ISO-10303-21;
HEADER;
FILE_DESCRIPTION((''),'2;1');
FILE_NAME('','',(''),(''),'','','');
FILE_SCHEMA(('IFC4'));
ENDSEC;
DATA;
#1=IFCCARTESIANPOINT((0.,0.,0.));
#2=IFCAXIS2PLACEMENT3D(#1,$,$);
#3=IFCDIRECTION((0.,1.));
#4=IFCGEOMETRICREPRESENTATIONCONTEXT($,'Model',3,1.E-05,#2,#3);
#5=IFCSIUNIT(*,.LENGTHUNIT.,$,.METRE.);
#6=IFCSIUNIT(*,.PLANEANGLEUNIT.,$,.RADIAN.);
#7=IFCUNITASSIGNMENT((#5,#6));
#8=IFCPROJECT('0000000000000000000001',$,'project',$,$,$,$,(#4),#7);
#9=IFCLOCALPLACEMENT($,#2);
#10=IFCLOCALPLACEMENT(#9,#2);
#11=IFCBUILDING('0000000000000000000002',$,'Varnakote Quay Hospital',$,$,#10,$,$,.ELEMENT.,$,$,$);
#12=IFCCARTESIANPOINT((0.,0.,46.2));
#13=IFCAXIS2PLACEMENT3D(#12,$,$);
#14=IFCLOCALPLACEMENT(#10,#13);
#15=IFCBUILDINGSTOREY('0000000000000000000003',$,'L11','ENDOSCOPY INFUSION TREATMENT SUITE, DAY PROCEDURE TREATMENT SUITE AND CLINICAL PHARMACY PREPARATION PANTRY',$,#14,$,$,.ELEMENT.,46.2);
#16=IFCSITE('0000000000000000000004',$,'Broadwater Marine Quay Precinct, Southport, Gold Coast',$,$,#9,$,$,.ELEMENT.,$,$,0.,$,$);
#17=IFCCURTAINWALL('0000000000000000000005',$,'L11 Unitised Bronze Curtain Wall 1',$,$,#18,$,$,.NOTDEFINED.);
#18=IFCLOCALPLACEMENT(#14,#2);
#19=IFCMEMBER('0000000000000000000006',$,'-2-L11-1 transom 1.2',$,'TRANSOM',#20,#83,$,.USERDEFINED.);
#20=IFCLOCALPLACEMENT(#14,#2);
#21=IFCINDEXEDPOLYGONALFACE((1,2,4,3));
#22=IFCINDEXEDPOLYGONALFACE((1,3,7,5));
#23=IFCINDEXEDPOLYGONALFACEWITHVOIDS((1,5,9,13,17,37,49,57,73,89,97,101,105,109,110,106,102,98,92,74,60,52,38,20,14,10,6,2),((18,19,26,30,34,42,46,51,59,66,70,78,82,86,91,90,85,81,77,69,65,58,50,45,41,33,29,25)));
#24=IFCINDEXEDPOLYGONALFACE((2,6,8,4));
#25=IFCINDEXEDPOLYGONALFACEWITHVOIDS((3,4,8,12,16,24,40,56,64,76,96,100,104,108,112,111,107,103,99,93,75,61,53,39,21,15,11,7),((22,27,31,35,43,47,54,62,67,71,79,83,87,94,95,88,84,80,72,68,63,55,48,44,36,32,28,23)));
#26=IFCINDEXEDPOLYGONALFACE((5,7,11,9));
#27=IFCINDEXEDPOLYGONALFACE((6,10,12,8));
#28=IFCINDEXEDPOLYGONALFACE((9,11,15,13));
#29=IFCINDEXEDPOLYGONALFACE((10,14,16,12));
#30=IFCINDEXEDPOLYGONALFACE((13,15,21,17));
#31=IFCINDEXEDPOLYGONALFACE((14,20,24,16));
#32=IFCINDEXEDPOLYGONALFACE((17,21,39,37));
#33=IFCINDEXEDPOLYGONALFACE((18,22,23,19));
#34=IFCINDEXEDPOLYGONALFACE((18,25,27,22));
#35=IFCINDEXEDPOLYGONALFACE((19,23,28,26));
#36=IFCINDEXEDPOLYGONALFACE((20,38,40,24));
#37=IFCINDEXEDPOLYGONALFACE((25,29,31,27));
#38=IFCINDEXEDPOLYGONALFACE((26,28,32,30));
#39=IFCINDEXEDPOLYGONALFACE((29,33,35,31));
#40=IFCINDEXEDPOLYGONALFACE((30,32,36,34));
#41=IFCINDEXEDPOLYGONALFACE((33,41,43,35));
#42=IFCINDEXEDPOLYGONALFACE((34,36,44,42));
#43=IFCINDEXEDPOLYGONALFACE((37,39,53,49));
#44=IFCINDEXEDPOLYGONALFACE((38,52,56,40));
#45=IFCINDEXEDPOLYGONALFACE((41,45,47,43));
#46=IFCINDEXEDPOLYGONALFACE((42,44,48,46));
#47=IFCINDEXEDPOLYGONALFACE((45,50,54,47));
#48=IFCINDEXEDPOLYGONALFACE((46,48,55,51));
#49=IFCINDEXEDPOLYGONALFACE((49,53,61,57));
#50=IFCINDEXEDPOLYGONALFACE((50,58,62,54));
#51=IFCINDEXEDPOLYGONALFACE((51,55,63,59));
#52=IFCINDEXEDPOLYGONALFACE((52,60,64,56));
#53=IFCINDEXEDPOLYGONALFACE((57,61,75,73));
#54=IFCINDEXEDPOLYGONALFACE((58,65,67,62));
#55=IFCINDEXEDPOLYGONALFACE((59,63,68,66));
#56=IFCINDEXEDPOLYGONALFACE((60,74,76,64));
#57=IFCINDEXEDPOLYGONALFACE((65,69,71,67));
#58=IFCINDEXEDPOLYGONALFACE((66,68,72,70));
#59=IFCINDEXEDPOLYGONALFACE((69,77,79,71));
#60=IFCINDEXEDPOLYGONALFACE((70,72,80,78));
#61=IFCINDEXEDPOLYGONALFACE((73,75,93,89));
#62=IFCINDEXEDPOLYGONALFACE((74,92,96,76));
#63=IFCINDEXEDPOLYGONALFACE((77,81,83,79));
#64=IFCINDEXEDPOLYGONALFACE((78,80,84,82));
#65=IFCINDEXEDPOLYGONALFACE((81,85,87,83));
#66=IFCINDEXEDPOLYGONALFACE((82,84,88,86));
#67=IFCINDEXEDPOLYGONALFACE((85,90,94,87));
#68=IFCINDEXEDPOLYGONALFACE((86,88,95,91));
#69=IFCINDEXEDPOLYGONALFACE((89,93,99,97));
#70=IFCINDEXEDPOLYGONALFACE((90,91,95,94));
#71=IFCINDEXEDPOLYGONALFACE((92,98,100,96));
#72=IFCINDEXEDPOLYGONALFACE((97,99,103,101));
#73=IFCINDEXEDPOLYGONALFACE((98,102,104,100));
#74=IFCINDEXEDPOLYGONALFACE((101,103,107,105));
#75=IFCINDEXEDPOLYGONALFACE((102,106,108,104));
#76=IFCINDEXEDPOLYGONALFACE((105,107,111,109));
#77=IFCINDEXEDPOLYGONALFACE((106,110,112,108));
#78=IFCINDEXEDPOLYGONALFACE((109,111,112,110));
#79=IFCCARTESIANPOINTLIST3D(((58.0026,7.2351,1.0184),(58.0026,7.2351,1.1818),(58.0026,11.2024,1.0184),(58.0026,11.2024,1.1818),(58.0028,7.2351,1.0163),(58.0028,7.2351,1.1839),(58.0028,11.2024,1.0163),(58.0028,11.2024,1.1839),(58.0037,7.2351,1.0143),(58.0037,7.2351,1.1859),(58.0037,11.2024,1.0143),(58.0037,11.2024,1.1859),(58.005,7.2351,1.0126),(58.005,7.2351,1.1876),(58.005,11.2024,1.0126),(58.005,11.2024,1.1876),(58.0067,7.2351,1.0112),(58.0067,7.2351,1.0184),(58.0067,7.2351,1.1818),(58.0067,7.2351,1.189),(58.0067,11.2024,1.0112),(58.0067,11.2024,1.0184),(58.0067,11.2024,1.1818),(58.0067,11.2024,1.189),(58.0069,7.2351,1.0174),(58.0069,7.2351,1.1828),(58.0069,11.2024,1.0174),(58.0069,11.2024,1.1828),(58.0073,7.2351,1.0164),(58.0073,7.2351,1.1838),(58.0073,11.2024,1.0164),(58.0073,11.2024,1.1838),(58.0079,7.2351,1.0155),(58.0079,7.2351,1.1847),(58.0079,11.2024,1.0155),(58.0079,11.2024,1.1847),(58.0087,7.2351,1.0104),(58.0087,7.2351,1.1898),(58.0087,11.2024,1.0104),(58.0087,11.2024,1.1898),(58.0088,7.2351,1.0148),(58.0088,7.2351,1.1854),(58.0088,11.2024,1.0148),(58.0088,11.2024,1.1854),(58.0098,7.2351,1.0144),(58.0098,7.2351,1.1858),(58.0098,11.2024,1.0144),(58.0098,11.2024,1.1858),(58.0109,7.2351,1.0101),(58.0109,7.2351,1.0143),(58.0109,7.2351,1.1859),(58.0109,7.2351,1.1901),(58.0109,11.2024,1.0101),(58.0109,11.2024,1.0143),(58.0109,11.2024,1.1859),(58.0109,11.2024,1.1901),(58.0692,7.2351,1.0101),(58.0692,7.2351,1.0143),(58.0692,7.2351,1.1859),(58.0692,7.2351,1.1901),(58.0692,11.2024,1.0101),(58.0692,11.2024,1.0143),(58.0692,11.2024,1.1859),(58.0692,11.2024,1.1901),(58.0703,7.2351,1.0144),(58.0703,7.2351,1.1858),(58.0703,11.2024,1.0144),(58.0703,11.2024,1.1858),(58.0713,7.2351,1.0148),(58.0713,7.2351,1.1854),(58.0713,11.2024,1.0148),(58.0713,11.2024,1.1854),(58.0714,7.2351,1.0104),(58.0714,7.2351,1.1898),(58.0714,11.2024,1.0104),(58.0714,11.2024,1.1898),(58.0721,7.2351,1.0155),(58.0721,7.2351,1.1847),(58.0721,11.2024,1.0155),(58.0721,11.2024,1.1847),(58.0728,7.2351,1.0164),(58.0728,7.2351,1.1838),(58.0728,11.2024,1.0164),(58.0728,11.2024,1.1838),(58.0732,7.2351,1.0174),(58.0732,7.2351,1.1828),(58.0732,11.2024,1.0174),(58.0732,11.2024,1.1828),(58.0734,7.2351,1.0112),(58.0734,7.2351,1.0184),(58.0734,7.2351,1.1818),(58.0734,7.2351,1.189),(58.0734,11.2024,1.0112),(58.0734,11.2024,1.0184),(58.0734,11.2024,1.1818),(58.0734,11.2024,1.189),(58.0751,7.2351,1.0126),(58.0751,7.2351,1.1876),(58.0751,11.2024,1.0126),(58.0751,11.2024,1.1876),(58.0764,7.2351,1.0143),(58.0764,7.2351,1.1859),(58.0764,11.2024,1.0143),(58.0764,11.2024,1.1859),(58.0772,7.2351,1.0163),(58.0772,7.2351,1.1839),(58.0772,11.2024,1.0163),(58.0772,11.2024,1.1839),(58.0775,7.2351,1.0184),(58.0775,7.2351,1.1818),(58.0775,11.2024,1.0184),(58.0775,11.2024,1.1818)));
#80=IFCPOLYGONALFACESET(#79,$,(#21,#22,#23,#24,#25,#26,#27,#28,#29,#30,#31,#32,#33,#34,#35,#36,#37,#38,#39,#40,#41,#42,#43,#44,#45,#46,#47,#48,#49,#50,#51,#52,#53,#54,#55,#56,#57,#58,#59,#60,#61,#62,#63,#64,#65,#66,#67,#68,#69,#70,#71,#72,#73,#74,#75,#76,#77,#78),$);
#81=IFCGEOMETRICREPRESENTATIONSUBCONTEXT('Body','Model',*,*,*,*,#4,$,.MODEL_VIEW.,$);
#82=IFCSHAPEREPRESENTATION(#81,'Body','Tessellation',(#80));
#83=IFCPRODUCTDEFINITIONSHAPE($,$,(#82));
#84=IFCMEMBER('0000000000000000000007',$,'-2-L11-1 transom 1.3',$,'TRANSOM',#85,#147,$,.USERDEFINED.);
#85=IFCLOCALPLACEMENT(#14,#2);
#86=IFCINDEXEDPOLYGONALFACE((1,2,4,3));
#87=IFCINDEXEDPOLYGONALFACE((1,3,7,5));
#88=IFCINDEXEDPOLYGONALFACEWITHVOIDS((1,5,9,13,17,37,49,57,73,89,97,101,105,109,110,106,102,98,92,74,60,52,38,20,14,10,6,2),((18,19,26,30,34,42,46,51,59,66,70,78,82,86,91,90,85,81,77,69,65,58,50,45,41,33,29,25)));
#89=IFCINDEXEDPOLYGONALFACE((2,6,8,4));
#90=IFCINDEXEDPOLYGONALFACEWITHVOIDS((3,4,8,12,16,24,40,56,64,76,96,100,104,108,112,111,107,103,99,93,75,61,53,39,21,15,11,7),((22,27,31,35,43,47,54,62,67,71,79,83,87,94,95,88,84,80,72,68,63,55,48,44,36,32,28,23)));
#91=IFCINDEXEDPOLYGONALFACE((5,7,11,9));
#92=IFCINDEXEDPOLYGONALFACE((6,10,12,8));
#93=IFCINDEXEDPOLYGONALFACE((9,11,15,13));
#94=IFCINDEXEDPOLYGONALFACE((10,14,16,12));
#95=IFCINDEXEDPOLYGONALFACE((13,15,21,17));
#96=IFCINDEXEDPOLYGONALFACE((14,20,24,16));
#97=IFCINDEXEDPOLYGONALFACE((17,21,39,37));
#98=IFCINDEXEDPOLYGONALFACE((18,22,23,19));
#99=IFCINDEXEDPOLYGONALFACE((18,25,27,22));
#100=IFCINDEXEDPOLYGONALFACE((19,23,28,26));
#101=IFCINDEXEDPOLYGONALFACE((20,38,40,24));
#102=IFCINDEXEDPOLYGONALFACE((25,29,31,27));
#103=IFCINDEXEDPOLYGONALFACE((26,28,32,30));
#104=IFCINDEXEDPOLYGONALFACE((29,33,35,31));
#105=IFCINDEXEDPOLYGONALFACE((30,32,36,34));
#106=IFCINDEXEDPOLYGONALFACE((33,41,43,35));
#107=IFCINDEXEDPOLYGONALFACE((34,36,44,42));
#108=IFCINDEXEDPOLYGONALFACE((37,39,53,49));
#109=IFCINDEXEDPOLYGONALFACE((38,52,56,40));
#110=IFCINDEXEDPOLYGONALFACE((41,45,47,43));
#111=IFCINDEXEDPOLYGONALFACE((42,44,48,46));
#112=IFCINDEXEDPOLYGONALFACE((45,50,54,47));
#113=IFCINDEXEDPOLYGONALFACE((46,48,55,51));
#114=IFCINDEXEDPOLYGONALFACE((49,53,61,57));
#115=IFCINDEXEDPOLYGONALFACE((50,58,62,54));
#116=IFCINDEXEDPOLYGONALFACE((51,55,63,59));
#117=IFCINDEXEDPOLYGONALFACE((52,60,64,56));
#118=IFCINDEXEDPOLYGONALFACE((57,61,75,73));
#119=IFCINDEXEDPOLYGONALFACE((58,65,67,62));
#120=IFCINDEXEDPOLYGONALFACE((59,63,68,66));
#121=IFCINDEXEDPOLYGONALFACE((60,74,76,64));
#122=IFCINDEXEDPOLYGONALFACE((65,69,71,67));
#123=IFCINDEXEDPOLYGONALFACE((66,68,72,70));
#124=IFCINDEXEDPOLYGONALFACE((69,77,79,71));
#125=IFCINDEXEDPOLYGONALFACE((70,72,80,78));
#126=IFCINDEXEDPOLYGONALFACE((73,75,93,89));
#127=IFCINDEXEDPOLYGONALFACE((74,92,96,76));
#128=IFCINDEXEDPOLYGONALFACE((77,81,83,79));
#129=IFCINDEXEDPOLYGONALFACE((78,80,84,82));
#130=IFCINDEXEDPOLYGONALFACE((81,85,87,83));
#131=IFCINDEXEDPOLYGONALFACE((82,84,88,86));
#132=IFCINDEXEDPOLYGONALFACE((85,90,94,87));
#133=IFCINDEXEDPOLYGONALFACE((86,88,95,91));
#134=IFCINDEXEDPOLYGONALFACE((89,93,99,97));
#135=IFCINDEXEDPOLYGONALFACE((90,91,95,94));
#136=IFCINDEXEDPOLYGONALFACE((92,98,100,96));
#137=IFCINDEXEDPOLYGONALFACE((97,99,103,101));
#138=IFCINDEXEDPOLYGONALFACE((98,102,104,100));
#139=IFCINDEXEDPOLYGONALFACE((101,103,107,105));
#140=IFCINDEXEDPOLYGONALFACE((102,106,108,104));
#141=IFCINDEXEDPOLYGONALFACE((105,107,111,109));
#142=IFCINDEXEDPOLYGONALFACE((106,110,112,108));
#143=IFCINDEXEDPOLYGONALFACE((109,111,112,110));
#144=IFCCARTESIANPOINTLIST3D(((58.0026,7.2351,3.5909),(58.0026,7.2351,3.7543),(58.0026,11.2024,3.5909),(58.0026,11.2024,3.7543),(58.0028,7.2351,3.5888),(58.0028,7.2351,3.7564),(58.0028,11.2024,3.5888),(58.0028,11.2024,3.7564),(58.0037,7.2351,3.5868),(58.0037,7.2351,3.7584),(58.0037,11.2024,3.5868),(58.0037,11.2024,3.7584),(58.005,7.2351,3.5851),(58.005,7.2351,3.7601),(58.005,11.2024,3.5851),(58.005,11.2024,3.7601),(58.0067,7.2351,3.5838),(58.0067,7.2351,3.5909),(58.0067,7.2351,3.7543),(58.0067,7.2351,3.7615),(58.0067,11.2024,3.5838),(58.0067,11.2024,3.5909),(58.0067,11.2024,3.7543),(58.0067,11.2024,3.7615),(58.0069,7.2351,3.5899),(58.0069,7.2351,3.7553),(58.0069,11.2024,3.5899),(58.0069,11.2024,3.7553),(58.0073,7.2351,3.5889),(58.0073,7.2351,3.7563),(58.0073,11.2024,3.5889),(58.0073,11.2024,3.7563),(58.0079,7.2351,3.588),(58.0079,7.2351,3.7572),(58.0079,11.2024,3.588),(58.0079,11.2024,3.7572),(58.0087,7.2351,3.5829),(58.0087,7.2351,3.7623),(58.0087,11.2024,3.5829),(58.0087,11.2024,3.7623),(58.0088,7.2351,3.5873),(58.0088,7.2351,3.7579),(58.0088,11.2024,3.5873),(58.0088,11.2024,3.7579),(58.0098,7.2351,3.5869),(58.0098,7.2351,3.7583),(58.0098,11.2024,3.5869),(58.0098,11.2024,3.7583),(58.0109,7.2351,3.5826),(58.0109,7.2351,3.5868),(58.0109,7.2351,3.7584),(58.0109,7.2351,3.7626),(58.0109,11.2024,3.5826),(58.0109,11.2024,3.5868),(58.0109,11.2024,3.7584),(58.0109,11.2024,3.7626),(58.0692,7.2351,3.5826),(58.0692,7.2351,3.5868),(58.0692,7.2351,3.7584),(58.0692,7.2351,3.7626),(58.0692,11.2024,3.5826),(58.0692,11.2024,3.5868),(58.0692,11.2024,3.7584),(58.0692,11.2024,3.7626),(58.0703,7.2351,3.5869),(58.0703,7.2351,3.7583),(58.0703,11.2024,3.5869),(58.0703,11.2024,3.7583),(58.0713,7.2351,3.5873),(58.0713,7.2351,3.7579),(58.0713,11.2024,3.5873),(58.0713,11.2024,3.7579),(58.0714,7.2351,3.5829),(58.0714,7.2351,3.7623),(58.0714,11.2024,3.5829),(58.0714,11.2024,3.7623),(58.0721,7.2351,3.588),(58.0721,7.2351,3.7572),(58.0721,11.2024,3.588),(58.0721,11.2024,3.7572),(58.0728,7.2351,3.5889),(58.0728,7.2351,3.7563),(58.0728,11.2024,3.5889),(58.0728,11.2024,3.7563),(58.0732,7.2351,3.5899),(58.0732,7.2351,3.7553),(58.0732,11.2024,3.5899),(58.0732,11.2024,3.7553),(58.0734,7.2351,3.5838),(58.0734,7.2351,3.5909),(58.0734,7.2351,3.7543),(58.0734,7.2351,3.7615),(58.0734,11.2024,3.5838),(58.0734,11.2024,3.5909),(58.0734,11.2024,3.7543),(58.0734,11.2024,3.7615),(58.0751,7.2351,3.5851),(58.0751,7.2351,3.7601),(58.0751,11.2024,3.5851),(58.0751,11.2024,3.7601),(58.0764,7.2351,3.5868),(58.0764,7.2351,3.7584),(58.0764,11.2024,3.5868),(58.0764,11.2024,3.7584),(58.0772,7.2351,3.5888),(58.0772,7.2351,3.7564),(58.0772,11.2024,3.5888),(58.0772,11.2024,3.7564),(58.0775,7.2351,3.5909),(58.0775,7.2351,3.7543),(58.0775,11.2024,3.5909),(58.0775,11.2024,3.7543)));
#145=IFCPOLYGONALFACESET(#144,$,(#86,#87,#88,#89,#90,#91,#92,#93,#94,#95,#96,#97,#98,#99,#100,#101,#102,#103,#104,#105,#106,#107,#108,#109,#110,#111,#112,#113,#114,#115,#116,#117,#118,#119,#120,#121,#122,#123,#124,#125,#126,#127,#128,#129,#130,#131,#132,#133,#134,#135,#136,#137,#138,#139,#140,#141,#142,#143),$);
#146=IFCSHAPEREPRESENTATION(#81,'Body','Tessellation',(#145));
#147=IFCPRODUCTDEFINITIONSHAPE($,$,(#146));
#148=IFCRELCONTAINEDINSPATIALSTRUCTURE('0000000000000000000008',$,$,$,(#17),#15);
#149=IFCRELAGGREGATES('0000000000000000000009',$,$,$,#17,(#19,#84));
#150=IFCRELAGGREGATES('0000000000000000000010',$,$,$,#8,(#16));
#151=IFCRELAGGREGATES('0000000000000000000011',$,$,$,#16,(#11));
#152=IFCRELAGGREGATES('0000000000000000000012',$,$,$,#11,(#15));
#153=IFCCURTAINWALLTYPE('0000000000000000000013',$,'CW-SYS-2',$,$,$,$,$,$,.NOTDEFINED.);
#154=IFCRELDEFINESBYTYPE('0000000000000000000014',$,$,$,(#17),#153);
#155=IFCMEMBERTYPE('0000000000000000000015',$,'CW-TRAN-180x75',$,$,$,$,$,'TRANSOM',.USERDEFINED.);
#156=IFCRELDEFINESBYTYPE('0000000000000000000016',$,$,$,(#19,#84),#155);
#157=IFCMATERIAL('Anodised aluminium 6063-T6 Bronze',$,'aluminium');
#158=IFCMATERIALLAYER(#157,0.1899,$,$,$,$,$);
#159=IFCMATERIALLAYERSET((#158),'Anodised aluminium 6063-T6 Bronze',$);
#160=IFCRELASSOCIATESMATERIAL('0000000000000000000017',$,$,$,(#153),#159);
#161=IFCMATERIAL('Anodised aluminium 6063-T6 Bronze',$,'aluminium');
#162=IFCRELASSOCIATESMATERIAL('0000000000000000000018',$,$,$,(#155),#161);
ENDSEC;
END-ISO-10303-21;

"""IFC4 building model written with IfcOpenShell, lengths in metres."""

from ifc_helpers import new_model, si_unit, direction, frame, origin, origin_2d, place, context, subcontext, project, spatial, hollow_rectangle, extrude, material, layer, layer_set, material_profile, profile_set, type_object, element, aggregate, save


model = new_model("IFC4")

# Units and contexts
model_context = context("Model", 3, precision=1e-05, world=origin(), true_north=direction((0.0, 1.0)))
body_context = subcontext(model_context, "Body", "Model", "MODEL_VIEW")
ifc_project = project(units=[si_unit("LENGTHUNIT", "METRE"), si_unit("PLANEANGLEUNIT", "RADIAN")], contexts=[model_context])

# Site, building, storey
site_placement = place(None, origin())
site = spatial("IfcSite", under=ifc_project, at=site_placement, Name="Broadwater Marine Quay Precinct, Southport, Gold Coast", CompositionType="ELEMENT", RefElevation=0.0)
building_placement = place(site_placement, origin())
building = spatial("IfcBuilding", under=site, at=building_placement, Name="Varnakote Quay Hospital", CompositionType="ELEMENT")
storey_placement = place(building_placement, frame((0.0, 0.0, 46.2)))
storey = spatial("IfcBuildingStorey", under=building, at=storey_placement, Name="L11", Description="ENDOSCOPY INFUSION TREATMENT SUITE, DAY PROCEDURE TREATMENT SUITE AND CLINICAL PHARMACY PREPARATION PANTRY", CompositionType="ELEMENT", Elevation=46.2)

# Curtain wall, members
ifc_material_1 = material(Name="Anodised aluminium 6063-T6 Bronze", Category="aluminium")
ifc_layer_1 = layer(ifc_material_1, 0.1899)
ifc_layer_set_1 = layer_set([ifc_layer_1], Name="Anodised aluminium 6063-T6 Bronze")
curtain_wall_type = type_object("IfcCurtainWallType", Name="CW-SYS-2", PredefinedType="NOTDEFINED", material=ifc_layer_set_1)
curtain_wall_placement = place(storey_placement, origin())
curtain_wall = element("IfcCurtainWall", 1, at=curtain_wall_placement, inside=storey, type_object=curtain_wall_type, Name="L11 Unitised Bronze Curtain Wall 1", PredefinedType="NOTDEFINED")
ifc_material_2 = material(Name="Anodised aluminium 6063-T6 Bronze", Category="aluminium")
ifc_material_profile_1 = material_profile(ifc_material_2, hollow_rectangle(XDim=0.075, YDim=0.1799, WallThickness=0.0042, InnerFilletRadius=0.0042, OuterFilletRadius=0.0083, at=origin_2d()), Name="CW-TRAN-180x75")
ifc_profile_set_1 = profile_set([ifc_material_profile_1], Name="Anodised aluminium 6063-T6 Bronze")
member_type_1 = type_object("IfcMemberType", Name="CW-TRAN-180x75", ElementType="TRANSOM", PredefinedType="USERDEFINED", material=ifc_profile_set_1)
member_1_placement = place(storey_placement, frame((58.04, 7.2351, 1.1001), z_axis=(0.0, 1.0, 0.0), x_axis=(-1.0, 0.0, 0.0)))
member_1 = element("IfcMember", 2, at=member_1_placement, type_object=member_type_1, Name="-2-L11-1 transom 1.2", ObjectType="TRANSOM", PredefinedType="USERDEFINED", context=body_context, shape_type="SweptSolid", body=[
    extrude(hollow_rectangle(XDim=0.075, YDim=0.1799, WallThickness=0.0042, InnerFilletRadius=0.0042, OuterFilletRadius=0.0083, at=origin_2d()), origin(), (0.0, 0.0, 1.0), 3.9673),
])
member_2_placement = place(storey_placement, frame((58.04, 7.2351, 3.6726), z_axis=(0.0, 1.0, 0.0), x_axis=(-1.0, 0.0, 0.0)))
member_2 = element("IfcMember", 3, at=member_2_placement, type_object=member_type_1, Name="-2-L11-1 transom 1.3", ObjectType="TRANSOM", PredefinedType="USERDEFINED", context=body_context, shape_type="SweptSolid", body=[
    extrude(hollow_rectangle(XDim=0.075, YDim=0.1799, WallThickness=0.0042, InnerFilletRadius=0.0042, OuterFilletRadius=0.0083, at=origin_2d()), origin(), (0.0, 0.0, 1.0), 3.9673),
])
aggregate(curtain_wall, [member_1, member_2])

save(model, "model.ifc")
